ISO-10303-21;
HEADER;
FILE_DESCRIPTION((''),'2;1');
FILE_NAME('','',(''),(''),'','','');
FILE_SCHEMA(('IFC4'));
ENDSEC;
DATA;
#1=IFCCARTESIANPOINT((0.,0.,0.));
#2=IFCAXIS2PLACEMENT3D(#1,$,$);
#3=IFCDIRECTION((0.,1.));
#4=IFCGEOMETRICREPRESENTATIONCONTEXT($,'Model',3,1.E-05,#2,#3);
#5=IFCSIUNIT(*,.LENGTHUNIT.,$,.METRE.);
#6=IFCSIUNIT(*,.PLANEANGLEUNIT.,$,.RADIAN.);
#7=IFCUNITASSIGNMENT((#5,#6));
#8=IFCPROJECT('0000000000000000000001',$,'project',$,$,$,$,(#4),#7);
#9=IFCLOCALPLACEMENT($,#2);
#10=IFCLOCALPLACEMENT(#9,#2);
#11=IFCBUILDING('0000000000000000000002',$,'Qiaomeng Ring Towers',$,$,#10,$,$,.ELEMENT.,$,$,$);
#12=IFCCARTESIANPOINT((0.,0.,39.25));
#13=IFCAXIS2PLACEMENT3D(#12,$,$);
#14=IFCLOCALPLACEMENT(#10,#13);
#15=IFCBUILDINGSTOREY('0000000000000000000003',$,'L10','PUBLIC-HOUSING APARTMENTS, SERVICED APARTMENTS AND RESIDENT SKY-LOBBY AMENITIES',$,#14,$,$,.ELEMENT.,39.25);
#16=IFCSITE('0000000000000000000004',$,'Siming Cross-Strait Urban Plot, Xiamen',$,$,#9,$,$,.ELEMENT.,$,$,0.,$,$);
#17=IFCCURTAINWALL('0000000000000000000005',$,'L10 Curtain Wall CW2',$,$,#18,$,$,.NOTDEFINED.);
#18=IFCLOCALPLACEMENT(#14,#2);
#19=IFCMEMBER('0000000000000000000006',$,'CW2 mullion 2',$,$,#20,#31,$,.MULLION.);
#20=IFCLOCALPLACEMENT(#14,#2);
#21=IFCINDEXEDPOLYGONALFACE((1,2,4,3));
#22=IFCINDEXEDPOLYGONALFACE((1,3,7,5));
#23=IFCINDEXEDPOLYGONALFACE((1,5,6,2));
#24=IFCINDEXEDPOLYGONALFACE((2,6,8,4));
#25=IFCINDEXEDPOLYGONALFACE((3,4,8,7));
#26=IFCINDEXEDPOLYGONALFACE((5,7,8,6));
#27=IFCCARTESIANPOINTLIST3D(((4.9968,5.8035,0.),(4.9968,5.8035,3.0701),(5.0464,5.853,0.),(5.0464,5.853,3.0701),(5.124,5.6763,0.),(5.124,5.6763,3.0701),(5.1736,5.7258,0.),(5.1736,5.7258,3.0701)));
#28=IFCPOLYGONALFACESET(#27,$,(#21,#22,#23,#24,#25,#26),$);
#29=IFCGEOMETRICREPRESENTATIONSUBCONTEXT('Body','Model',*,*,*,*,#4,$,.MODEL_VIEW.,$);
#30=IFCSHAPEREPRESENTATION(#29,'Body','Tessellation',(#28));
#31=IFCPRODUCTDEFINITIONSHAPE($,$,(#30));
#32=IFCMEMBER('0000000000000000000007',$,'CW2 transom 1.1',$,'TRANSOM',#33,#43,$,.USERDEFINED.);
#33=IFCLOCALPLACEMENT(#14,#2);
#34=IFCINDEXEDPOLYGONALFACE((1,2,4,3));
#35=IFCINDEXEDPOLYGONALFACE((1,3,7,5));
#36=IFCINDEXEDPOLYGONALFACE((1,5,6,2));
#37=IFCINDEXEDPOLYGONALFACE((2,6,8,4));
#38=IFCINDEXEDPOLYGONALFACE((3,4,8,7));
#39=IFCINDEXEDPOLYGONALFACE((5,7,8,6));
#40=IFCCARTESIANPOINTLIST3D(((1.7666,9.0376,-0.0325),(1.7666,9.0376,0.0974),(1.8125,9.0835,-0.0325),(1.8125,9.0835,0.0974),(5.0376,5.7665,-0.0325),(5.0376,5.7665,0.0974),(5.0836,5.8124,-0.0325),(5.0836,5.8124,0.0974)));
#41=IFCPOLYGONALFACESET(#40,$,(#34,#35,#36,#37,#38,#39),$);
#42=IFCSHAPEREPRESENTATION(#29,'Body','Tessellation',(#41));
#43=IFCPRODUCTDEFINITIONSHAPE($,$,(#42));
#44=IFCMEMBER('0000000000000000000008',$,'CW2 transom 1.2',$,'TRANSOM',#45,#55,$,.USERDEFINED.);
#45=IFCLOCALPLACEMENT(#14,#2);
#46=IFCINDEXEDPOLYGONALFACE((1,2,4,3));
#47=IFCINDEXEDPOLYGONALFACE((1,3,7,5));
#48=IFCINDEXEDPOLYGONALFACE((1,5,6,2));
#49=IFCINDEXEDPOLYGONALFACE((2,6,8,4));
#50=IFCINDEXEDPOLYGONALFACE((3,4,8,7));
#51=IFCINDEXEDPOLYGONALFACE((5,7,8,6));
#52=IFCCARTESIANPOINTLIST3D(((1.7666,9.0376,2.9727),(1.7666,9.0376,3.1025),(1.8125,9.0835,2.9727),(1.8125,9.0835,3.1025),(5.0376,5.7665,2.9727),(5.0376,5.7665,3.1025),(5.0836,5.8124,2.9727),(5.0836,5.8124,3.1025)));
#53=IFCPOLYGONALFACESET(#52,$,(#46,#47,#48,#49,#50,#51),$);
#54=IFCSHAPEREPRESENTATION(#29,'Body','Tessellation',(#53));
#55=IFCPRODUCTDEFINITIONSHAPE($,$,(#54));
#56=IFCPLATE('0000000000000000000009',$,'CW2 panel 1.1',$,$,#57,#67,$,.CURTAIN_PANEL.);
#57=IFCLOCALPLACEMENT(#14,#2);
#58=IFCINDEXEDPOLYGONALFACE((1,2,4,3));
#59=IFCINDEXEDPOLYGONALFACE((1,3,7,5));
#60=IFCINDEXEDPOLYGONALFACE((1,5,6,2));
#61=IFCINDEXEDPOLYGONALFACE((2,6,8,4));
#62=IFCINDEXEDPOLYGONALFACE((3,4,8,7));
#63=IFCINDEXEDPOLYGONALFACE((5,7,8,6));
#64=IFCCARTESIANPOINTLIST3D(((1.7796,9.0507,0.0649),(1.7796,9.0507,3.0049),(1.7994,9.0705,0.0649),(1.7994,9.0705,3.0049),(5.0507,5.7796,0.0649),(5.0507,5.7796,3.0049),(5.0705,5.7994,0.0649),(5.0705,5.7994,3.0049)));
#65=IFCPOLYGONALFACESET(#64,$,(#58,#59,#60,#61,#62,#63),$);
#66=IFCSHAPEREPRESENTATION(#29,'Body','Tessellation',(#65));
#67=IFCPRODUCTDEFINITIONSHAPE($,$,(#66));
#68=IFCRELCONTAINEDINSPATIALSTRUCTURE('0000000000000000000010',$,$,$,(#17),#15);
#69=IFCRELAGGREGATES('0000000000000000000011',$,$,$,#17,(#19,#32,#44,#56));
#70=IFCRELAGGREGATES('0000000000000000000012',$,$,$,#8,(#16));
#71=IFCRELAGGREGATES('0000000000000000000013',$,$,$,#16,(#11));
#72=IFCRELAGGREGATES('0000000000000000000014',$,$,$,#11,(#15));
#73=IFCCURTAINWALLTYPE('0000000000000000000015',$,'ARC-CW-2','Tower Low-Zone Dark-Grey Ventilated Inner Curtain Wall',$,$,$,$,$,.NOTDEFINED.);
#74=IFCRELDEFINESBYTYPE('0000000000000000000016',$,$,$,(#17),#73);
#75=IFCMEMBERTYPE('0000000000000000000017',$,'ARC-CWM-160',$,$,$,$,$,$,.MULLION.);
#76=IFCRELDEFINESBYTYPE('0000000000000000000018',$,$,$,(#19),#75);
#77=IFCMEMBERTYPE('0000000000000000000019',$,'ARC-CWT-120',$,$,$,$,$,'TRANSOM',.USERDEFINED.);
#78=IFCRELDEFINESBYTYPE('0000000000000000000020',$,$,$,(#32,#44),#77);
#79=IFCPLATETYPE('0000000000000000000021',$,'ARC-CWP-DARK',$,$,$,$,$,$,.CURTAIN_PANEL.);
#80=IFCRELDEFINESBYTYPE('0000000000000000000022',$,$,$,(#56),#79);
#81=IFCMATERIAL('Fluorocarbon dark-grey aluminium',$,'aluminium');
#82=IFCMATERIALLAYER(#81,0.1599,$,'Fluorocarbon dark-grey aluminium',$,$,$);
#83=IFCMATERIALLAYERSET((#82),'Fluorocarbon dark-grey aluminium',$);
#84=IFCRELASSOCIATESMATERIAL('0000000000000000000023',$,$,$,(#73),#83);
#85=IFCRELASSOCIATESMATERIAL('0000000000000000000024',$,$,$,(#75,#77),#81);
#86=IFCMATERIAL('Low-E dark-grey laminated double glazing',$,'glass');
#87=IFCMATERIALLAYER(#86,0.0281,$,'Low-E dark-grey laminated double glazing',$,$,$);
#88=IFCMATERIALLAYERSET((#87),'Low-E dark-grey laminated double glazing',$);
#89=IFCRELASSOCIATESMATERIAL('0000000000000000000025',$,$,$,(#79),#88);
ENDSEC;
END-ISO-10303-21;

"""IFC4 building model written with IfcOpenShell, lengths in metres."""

from ifc_helpers import new_model, si_unit, direction, frame, origin, origin_2d, place, context, subcontext, project, spatial, rectangle, extrude, source, transform, mapped, material, layer, layer_set, material_profile, profile_set, type_object, element, aggregate, save


model = new_model("IFC4")

# Units and contexts
model_context = context("Model", 3, precision=1e-05, world=origin(), true_north=direction((0.0, 1.0)))
body_context = subcontext(model_context, "Body", "Model", "MODEL_VIEW")
ifc_project = project(units=[si_unit("LENGTHUNIT", "METRE"), si_unit("PLANEANGLEUNIT", "RADIAN")], contexts=[model_context])

# Site, building, storey
site_placement = place(None, origin())
site = spatial("IfcSite", under=ifc_project, at=site_placement, Name="Siming Cross-Strait Urban Plot, Xiamen", CompositionType="ELEMENT", RefElevation=0.0)
building_placement = place(site_placement, origin())
building = spatial("IfcBuilding", under=site, at=building_placement, Name="Qiaomeng Ring Towers", CompositionType="ELEMENT")
storey_placement = place(building_placement, frame((0.0, 0.0, 39.25)))
storey = spatial("IfcBuildingStorey", under=building, at=storey_placement, Name="L10", Description="PUBLIC-HOUSING APARTMENTS, SERVICED APARTMENTS AND RESIDENT SKY-LOBBY AMENITIES", CompositionType="ELEMENT", Elevation=39.25)

# Curtain wall, members, plate
ifc_material_1 = material(Name="Fluorocarbon dark-grey aluminium", Category="aluminium")
ifc_layer_1 = layer(ifc_material_1, 0.1599, Name="Fluorocarbon dark-grey aluminium")
ifc_layer_set_1 = layer_set([ifc_layer_1], Name="Fluorocarbon dark-grey aluminium")
curtain_wall_type = type_object("IfcCurtainWallType", Name="ARC-CW-2", Description="Tower Low-Zone Dark-Grey Ventilated Inner Curtain Wall", PredefinedType="NOTDEFINED", material=ifc_layer_set_1)
curtain_wall_placement = place(storey_placement, origin())
curtain_wall = element("IfcCurtainWall", 1, at=curtain_wall_placement, inside=storey, type_object=curtain_wall_type, Name="L10 Curtain Wall CW2", PredefinedType="NOTDEFINED")
ifc_material_profile_1 = material_profile(ifc_material_1, rectangle(XDim=0.0701, YDim=0.1799, at=origin_2d()), Name="ALU MULL 70x180")
ifc_profile_set_1 = profile_set([ifc_material_profile_1], Name="Fluorocarbon dark-grey aluminium")
member_type_1 = type_object("IfcMemberType", Name="ARC-CWM-160", PredefinedType="MULLION", material=ifc_profile_set_1)
shared_shape_1 = source(origin(), body_context, "Body", "SweptSolid", [
    extrude(rectangle(XDim=0.0701, YDim=0.1799, at=origin_2d()), origin(), (0.0, 0.0, 1.0), 3.0701),
])
member_1_placement = place(storey_placement, frame((5.0852, 5.7646, 0.0), z_axis=(0.0, 0.0, 1.0), x_axis=(0.707107, 0.707107, 0.0)))
member_1 = element("IfcMember", 2, at=member_1_placement, type_object=member_type_1, Name="CW2 mullion 2", PredefinedType="MULLION", context=body_context, shape_type="MappedRepresentation", body=[
    mapped(shared_shape_1, transform((0.0, 0.0, 0.0), x_axis=(1.0, 0.0, 0.0), y_axis=(0.0, 1.0, 0.0), z_axis=(0.0, 0.0, 1.0), scale=1.0)),
])
ifc_material_profile_2 = material_profile(ifc_material_1, rectangle(XDim=0.0649, YDim=0.1299, at=origin_2d()), Name="ALU TRAN 65x130")
ifc_profile_set_2 = profile_set([ifc_material_profile_2], Name="Fluorocarbon dark-grey aluminium")
member_type_2 = type_object("IfcMemberType", Name="ARC-CWT-120", ElementType="TRANSOM", PredefinedType="USERDEFINED", material=ifc_profile_set_2)
shared_shape_2 = source(origin(), body_context, "Body", "SweptSolid", [
    extrude(rectangle(XDim=0.0649, YDim=0.1299, at=origin_2d()), origin(), (0.0, 0.0, 1.0), 4.626),
])
member_2_placement = place(storey_placement, frame((1.7896, 9.0605, 0.0325), z_axis=(0.707107, -0.707107, 0.0), x_axis=(0.707107, 0.707107, 0.0)))
member_2 = element("IfcMember", 3, at=member_2_placement, type_object=member_type_2, Name="CW2 transom 1.1", ObjectType="TRANSOM", PredefinedType="USERDEFINED", context=body_context, shape_type="MappedRepresentation", body=[
    mapped(shared_shape_2, transform((0.0, 0.0, 0.0), x_axis=(1.0, 0.0, 0.0), y_axis=(0.0, 1.0, 0.0), z_axis=(0.0, 0.0, 1.0), scale=1.0)),
])
member_3_placement = place(storey_placement, frame((1.7896, 9.0605, 3.0376), z_axis=(0.707107, -0.707107, 0.0), x_axis=(0.707107, 0.707107, 0.0)))
member_3 = element("IfcMember", 4, at=member_3_placement, type_object=member_type_2, Name="CW2 transom 1.2", ObjectType="TRANSOM", PredefinedType="USERDEFINED", context=body_context, shape_type="MappedRepresentation", body=[
    mapped(shared_shape_2, transform((0.0, 0.0, 0.0), x_axis=(1.0, 0.0, 0.0), y_axis=(0.0, 1.0, 0.0), z_axis=(0.0, 0.0, 1.0), scale=1.0)),
])
ifc_material_2 = material(Name="Low-E dark-grey laminated double glazing", Category="glass")
ifc_layer_2 = layer(ifc_material_2, 0.0281, Name="Low-E dark-grey laminated double glazing")
ifc_layer_set_2 = layer_set([ifc_layer_2], Name="Low-E dark-grey laminated double glazing")
plate_type = type_object("IfcPlateType", Name="ARC-CWP-DARK", PredefinedType="CURTAIN_PANEL", material=ifc_layer_set_2)
shared_shape_3 = source(origin(), body_context, "Body", "SweptSolid", [
    extrude(rectangle(XDim=4.626, YDim=0.0281, at=origin_2d()), origin(), (0.0, 0.0, 1.0), 2.9399),
])
plate_placement = place(storey_placement, frame((3.425, 7.425, 0.0649), z_axis=(0.0, 0.0, 1.0), x_axis=(0.707107, -0.707107, 0.0)))
plate = element("IfcPlate", 5, at=plate_placement, type_object=plate_type, Name="CW2 panel 1.1", PredefinedType="CURTAIN_PANEL", context=body_context, shape_type="MappedRepresentation", body=[
    mapped(shared_shape_3, transform((0.0, 0.0, 0.0), x_axis=(1.0, 0.0, 0.0), y_axis=(0.0, 1.0, 0.0), z_axis=(0.0, 0.0, 1.0), scale=1.0)),
])
aggregate(curtain_wall, [member_1, member_2, member_3, plate])

save(model, "model.ifc")
